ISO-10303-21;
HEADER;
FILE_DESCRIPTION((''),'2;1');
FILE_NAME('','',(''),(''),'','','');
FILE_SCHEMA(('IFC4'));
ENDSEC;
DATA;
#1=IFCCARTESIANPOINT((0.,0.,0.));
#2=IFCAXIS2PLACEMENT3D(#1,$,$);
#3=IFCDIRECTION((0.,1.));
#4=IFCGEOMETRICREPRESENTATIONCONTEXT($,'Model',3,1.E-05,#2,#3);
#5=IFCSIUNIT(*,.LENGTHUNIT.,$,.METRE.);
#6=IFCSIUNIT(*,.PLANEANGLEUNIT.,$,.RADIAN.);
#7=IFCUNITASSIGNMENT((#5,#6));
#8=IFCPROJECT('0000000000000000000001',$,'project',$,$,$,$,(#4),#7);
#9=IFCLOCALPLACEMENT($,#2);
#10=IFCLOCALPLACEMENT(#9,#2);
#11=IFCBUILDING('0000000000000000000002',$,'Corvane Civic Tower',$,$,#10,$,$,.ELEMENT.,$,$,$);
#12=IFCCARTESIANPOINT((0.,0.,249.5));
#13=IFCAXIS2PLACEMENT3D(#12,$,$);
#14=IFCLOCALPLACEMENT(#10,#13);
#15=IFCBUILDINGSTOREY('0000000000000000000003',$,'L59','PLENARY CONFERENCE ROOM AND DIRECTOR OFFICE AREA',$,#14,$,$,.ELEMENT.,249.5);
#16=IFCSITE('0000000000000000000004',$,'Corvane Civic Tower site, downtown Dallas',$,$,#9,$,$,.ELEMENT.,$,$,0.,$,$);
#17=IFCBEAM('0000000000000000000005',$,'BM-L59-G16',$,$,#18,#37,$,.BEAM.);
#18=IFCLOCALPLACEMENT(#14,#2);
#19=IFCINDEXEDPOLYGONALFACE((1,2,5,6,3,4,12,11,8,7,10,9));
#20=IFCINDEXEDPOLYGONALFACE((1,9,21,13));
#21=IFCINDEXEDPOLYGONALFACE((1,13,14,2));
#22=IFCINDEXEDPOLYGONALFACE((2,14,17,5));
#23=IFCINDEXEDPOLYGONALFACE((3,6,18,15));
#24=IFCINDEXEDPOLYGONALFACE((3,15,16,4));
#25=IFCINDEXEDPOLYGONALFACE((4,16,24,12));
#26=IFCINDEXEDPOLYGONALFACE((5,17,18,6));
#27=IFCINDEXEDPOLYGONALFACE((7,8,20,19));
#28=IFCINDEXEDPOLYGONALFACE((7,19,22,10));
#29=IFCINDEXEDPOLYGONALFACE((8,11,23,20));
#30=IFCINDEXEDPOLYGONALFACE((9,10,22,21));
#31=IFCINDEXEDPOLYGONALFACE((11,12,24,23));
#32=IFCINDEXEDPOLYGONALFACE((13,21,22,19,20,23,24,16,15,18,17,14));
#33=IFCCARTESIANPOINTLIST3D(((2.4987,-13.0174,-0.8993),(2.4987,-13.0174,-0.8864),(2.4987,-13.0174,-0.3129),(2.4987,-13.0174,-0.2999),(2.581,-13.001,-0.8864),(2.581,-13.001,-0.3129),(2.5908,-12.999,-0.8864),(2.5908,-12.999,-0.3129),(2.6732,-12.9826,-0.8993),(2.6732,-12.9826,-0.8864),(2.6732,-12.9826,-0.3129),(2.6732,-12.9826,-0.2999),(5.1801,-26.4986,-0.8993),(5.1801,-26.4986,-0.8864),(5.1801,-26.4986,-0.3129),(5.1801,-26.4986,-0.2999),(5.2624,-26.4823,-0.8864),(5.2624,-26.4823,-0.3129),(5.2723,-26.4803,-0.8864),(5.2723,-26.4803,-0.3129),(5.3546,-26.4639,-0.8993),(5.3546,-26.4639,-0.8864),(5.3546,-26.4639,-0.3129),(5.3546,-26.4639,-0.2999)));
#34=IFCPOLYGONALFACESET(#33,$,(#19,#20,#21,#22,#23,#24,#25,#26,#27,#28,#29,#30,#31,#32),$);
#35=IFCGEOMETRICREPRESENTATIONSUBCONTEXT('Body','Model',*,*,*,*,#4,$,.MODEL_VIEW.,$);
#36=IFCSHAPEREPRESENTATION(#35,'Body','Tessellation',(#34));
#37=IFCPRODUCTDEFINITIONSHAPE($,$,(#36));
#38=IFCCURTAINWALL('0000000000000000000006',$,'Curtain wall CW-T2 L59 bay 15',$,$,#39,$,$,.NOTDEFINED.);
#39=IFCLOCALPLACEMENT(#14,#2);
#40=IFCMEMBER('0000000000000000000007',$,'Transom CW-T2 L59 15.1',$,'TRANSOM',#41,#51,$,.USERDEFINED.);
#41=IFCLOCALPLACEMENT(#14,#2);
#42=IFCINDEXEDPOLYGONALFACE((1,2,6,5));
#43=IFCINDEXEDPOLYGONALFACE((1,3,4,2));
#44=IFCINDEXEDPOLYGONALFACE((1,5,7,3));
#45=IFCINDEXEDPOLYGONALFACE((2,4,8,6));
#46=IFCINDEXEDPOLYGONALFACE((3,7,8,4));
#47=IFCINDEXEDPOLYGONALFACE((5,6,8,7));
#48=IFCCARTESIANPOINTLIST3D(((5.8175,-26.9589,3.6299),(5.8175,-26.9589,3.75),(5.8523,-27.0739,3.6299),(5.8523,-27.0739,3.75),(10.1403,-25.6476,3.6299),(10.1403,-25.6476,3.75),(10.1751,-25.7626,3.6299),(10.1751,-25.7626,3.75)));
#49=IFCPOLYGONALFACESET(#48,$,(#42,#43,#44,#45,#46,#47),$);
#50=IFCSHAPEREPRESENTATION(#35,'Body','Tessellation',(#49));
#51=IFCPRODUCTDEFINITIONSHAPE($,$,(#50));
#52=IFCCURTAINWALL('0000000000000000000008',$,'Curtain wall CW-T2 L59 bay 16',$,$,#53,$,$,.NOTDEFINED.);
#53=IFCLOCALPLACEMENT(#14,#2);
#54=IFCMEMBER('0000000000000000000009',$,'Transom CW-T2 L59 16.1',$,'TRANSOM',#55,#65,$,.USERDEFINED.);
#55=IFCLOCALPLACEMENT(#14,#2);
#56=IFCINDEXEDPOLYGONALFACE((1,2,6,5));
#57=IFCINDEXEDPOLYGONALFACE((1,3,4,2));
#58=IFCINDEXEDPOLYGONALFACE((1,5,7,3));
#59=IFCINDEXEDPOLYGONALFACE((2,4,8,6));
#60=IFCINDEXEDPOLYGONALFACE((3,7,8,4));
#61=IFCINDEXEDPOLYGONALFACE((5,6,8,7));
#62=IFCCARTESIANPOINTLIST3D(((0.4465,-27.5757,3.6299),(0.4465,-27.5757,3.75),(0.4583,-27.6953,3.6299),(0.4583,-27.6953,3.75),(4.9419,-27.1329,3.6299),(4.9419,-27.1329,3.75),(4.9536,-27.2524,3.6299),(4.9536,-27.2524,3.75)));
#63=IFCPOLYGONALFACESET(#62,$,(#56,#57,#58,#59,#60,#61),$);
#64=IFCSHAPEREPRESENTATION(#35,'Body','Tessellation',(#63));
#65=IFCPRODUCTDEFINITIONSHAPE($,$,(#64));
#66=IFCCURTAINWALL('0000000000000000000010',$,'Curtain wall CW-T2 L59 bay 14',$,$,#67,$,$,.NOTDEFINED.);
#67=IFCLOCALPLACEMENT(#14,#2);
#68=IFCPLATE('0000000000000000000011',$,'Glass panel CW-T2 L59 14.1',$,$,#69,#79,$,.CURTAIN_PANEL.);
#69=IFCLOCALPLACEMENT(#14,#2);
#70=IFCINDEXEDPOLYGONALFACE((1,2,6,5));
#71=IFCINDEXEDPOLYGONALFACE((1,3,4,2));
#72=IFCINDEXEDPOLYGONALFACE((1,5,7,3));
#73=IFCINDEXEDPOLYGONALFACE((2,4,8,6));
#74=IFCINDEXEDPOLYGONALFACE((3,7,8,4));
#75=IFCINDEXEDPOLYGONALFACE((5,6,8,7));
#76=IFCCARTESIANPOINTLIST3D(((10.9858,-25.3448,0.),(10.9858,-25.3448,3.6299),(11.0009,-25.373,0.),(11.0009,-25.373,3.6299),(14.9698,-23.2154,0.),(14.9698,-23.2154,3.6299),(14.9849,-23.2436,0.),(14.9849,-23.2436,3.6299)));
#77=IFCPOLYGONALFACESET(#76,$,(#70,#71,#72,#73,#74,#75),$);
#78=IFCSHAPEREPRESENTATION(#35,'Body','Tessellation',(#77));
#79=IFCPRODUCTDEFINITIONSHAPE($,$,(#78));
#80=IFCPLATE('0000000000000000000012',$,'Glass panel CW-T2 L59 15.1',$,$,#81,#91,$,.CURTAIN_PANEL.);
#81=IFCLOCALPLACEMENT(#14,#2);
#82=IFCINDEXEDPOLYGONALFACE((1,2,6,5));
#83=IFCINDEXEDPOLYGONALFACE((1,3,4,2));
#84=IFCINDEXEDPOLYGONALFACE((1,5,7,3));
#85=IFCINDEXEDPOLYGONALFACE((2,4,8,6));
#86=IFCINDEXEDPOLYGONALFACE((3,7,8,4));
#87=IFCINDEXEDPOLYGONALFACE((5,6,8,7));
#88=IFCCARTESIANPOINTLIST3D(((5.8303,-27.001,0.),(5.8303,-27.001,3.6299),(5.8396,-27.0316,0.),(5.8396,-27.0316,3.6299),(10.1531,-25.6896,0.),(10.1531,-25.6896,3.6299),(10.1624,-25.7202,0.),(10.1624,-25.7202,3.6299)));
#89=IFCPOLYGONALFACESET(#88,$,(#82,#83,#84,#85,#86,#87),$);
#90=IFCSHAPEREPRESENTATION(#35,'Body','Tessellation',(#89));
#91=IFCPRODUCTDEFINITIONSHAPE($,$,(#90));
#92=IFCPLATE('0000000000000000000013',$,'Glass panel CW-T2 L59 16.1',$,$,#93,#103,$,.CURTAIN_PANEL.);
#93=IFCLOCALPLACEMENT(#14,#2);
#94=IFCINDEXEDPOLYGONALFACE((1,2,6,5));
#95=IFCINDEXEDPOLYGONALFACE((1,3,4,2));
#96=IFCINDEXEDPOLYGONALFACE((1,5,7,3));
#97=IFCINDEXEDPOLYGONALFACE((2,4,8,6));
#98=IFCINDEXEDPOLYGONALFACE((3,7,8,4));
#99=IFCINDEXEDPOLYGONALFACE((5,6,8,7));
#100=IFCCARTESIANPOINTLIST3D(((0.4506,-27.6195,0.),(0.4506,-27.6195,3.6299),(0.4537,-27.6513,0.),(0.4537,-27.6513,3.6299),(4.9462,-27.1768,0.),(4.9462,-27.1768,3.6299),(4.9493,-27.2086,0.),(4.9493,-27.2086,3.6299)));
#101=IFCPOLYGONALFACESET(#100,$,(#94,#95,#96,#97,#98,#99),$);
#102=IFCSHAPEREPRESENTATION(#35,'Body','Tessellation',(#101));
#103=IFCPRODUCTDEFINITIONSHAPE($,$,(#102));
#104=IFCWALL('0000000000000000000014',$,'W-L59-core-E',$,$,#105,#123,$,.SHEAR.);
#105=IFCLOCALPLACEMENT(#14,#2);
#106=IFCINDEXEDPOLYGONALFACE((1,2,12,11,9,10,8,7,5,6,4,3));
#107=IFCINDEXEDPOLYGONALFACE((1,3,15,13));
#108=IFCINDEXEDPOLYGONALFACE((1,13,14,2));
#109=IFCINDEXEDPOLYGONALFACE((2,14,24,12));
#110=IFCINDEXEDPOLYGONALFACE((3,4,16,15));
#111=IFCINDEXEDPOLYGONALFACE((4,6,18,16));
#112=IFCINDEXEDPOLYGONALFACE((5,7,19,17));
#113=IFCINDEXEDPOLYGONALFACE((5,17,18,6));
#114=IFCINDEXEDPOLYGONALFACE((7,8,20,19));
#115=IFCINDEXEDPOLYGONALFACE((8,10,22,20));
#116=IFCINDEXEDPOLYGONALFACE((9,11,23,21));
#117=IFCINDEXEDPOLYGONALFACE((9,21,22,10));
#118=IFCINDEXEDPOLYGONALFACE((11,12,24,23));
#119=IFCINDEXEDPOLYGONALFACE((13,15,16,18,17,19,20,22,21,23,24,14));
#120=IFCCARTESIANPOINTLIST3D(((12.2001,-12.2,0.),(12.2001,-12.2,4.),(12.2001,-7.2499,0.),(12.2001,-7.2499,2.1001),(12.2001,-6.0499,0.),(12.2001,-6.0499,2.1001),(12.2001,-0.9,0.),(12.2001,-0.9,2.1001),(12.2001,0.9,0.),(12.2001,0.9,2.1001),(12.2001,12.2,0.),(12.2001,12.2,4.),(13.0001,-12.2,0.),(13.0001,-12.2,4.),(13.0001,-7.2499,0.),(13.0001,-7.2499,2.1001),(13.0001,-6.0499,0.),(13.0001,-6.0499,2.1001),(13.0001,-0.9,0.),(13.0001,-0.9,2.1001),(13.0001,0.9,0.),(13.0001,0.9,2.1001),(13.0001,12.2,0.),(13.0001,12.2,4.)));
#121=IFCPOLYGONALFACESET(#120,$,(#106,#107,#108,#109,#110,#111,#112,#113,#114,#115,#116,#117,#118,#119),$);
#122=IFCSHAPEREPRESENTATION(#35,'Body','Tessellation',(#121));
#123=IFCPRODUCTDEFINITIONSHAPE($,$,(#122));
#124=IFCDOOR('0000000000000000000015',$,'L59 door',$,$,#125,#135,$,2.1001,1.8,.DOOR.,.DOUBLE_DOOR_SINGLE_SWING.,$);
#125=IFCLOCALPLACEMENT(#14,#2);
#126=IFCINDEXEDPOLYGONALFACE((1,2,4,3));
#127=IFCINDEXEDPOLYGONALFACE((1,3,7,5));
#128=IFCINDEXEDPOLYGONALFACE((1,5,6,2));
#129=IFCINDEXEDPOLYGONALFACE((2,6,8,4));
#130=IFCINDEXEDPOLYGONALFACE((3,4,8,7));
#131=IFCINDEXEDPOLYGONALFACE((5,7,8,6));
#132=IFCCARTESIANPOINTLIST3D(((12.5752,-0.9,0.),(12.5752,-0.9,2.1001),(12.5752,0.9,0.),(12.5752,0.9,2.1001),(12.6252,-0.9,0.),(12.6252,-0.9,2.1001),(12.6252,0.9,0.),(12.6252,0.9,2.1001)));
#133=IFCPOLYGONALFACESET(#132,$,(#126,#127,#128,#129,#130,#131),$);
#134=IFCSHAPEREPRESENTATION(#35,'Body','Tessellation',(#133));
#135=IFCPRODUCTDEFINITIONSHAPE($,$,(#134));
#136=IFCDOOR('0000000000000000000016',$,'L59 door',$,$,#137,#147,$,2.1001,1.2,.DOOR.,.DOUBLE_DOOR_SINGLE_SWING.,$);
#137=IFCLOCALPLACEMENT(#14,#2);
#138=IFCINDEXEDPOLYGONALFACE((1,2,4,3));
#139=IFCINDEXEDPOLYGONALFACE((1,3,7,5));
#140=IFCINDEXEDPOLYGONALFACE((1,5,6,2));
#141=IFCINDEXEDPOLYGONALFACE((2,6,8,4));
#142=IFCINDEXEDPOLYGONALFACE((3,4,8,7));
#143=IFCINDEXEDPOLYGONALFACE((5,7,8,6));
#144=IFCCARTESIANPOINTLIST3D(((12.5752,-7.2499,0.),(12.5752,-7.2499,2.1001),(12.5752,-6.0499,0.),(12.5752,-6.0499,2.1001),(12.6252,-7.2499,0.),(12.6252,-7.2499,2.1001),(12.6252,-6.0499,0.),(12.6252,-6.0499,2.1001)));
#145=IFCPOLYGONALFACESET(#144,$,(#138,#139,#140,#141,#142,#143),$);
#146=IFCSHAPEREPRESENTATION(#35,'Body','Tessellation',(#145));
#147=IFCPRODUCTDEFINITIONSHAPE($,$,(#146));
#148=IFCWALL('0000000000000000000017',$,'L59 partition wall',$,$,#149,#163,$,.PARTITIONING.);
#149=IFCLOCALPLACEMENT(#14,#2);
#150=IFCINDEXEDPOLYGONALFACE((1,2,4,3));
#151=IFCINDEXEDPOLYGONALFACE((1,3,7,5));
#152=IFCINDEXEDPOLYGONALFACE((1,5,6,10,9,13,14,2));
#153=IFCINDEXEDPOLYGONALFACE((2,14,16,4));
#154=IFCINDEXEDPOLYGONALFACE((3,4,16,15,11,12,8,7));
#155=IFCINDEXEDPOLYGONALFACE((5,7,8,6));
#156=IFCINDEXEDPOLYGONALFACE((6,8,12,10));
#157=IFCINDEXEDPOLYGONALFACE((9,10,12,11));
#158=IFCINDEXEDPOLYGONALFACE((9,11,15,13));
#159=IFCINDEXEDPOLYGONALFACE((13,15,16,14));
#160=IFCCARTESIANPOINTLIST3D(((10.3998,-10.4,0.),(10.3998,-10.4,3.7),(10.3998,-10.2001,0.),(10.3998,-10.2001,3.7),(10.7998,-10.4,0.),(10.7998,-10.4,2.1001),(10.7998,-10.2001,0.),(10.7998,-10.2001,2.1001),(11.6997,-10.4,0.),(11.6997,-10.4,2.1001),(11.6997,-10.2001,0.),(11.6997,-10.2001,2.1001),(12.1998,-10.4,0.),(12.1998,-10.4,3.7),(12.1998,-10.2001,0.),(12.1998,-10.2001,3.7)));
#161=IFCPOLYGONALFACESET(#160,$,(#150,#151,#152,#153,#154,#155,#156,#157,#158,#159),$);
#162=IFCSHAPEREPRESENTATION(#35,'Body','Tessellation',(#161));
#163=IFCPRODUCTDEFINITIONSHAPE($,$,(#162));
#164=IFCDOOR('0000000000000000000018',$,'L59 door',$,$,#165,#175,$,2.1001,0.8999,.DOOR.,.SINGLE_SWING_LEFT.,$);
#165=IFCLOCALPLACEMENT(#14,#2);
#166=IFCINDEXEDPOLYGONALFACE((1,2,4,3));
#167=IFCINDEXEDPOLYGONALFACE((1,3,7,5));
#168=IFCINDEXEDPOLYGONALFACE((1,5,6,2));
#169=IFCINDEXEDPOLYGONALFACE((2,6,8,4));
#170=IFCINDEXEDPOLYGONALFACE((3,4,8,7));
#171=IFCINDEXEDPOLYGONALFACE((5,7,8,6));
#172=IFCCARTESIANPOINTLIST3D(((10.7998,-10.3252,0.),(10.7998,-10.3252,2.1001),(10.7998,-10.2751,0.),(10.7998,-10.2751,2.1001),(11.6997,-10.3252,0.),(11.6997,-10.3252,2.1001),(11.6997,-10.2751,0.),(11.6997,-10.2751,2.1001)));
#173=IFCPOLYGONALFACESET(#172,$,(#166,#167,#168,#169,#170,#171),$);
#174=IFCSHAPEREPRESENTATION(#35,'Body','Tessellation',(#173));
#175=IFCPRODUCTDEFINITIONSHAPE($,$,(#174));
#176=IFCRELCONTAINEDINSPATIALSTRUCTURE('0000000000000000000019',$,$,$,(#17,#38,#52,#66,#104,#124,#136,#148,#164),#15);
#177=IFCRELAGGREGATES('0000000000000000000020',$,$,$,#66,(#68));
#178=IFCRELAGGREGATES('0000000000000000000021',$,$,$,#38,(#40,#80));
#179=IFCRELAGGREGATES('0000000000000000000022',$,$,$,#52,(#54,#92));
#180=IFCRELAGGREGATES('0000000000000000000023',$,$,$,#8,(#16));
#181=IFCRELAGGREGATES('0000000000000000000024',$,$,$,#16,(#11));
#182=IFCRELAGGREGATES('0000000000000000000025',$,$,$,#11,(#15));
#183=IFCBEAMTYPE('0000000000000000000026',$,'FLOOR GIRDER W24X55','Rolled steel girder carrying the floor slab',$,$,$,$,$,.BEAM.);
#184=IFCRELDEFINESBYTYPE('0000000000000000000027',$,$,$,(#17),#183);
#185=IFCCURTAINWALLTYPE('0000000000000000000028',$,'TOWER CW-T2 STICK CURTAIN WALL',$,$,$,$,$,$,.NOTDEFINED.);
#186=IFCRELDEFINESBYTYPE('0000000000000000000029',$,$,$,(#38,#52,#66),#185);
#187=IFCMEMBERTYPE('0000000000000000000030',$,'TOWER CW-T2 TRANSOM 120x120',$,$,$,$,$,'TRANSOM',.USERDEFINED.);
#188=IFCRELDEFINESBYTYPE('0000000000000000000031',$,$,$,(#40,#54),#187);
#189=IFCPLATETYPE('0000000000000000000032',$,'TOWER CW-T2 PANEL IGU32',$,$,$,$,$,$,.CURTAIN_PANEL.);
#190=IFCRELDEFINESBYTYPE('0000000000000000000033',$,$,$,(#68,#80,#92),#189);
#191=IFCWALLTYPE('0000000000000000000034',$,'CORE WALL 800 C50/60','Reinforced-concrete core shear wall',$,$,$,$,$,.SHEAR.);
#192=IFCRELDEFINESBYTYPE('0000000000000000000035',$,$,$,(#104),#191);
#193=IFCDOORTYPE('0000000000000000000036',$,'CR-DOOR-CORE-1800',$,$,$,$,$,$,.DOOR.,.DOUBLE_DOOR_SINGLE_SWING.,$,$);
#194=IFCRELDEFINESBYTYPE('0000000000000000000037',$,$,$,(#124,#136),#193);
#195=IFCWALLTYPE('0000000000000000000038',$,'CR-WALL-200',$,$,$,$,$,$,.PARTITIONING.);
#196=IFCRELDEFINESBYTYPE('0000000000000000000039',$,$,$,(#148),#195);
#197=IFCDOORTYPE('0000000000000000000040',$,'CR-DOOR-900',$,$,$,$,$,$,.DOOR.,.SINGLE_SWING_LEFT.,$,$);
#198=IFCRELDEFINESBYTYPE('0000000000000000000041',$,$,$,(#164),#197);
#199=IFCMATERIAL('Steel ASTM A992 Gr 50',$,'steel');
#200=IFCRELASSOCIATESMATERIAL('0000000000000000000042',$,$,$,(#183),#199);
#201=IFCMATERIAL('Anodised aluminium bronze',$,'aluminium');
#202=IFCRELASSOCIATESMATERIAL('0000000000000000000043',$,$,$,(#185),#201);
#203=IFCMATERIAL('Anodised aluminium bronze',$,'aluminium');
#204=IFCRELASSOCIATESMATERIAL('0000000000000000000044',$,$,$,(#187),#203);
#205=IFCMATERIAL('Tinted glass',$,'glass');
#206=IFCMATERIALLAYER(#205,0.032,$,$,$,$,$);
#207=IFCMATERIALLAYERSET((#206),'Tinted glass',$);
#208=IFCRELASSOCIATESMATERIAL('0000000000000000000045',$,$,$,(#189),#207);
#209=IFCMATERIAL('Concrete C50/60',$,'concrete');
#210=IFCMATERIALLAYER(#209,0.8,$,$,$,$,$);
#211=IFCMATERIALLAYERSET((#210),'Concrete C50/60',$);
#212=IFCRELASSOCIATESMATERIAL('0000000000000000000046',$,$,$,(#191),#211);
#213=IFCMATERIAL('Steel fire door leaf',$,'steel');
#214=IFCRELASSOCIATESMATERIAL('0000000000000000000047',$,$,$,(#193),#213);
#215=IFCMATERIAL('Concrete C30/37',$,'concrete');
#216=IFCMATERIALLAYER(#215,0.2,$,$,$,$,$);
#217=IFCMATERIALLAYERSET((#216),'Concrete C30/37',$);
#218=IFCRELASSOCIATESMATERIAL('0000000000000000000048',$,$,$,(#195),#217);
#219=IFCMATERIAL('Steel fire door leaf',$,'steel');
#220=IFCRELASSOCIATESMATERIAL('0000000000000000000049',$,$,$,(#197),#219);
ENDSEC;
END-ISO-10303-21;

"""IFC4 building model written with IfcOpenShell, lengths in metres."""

from ifc_helpers import new_model, si_unit, direction, frame, frame_2d, origin, origin_2d, place, context, subcontext, project, spatial, rectangle, i_section, extrude, material, layer, layer_set, material_profile, profile_set, type_object, element, fill, aggregate, save


model = new_model("IFC4")

# Units and contexts
model_context = context("Model", 3, precision=1e-05, world=origin(), true_north=direction((0.0, 1.0)))
body_context = subcontext(model_context, "Body", "Model", "MODEL_VIEW")
ifc_project = project(units=[si_unit("LENGTHUNIT", "METRE"), si_unit("PLANEANGLEUNIT", "RADIAN")], contexts=[model_context])

# Site, building, storey
site_placement = place(None, origin())
site = spatial("IfcSite", under=ifc_project, at=site_placement, Name="Corvane Civic Tower site, downtown Dallas", CompositionType="ELEMENT", RefElevation=0.0)
building_placement = place(site_placement, origin())
building = spatial("IfcBuilding", under=site, at=building_placement, Name="Corvane Civic Tower", CompositionType="ELEMENT")
storey_placement = place(building_placement, frame((0.0, 0.0, 249.5)))
storey = spatial("IfcBuildingStorey", under=building, at=storey_placement, Name="L59", Description="PLENARY CONFERENCE ROOM AND DIRECTOR OFFICE AREA", CompositionType="ELEMENT", Elevation=249.5)

# Beam
ifc_material_1 = material(Name="Steel ASTM A992 Gr 50", Category="steel")
ifc_material_profile_1 = material_profile(ifc_material_1, i_section(OverallWidth=0.178, OverallDepth=0.5994, WebThickness=0.01, FlangeThickness=0.0129, at=origin_2d()), Name="W24X55")
ifc_profile_set_1 = profile_set([ifc_material_profile_1], Name="Steel ASTM A992 Gr 50")
beam_type_1 = type_object("IfcBeamType", Name="FLOOR GIRDER W24X55", Description="Rolled steel girder carrying the floor slab", PredefinedType="BEAM", material=ifc_profile_set_1)
beam_1_placement = place(storey_placement, frame((2.5859, -13.0, -0.5996), z_axis=(0.195078, -0.980788, 0.0), x_axis=(0.980788, 0.195078, 0.0)))
element("IfcBeam", 1, at=beam_1_placement, inside=storey, type_object=beam_type_1, Name="BM-L59-G16", PredefinedType="BEAM", context=body_context, shape_type="SweptSolid", body=[
    extrude(i_section(OverallWidth=0.178, OverallDepth=0.5994, WebThickness=0.01, FlangeThickness=0.0129, at=origin_2d()), origin(), (0.0, 0.0, 1.0), 13.7454),
])

# Curtain walls, members
ifc_material_2 = material(Name="Anodised aluminium bronze", Category="aluminium")
curtain_wall_type = type_object("IfcCurtainWallType", Name="TOWER CW-T2 STICK CURTAIN WALL", PredefinedType="NOTDEFINED", material=ifc_material_2)
curtain_wall_1_placement = place(storey_placement, origin())
curtain_wall_1 = element("IfcCurtainWall", 2, at=curtain_wall_1_placement, inside=storey, type_object=curtain_wall_type, Name="Curtain wall CW-T2 L59 bay 15", PredefinedType="NOTDEFINED")
ifc_material_3 = material(Name="Anodised aluminium bronze", Category="aluminium")
ifc_material_profile_2 = material_profile(ifc_material_3, rectangle(XDim=0.1201, YDim=0.1201, at=origin_2d()), Name="TOWER CW-T2 TRANSOM 120x120")
ifc_profile_set_2 = profile_set([ifc_material_profile_2], Name="Anodised aluminium bronze")
member_type = type_object("IfcMemberType", Name="TOWER CW-T2 TRANSOM 120x120", ElementType="TRANSOM", PredefinedType="USERDEFINED", material=ifc_profile_set_2)
member_1_placement = place(storey_placement, frame((10.1577, -25.7051, 3.6899), z_axis=(-0.956941, -0.290282, 0.0), x_axis=(0.290282, -0.956941, 0.0)))
member_1 = element("IfcMember", 3, at=member_1_placement, type_object=member_type, Name="Transom CW-T2 L59 15.1", ObjectType="TRANSOM", PredefinedType="USERDEFINED", context=body_context, shape_type="SweptSolid", body=[
    extrude(rectangle(XDim=0.1201, YDim=0.1201, at=origin_2d()), origin(), (0.0, 0.0, 1.0), 4.5173),
])
curtain_wall_2_placement = place(storey_placement, origin())
curtain_wall_2 = element("IfcCurtainWall", 4, at=curtain_wall_2_placement, inside=storey, type_object=curtain_wall_type, Name="Curtain wall CW-T2 L59 bay 16", PredefinedType="NOTDEFINED")
member_2_placement = place(storey_placement, frame((4.9478, -27.1926, 3.6899), z_axis=(-0.995182, -0.098043, 0.0), x_axis=(0.098043, -0.995182, 0.0)))
member_2 = element("IfcMember", 5, at=member_2_placement, type_object=member_type, Name="Transom CW-T2 L59 16.1", ObjectType="TRANSOM", PredefinedType="USERDEFINED", context=body_context, shape_type="SweptSolid", body=[
    extrude(rectangle(XDim=0.1201, YDim=0.1201, at=origin_2d()), origin(), (0.0, 0.0, 1.0), 4.5171),
])

# Curtain wall, plate
curtain_wall_3_placement = place(storey_placement, origin())
curtain_wall_3 = element("IfcCurtainWall", 6, at=curtain_wall_3_placement, inside=storey, type_object=curtain_wall_type, Name="Curtain wall CW-T2 L59 bay 14", PredefinedType="NOTDEFINED")
ifc_material_4 = material(Name="Tinted glass", Category="glass")
ifc_layer_1 = layer(ifc_material_4, 0.032)
ifc_layer_set_1 = layer_set([ifc_layer_1], Name="Tinted glass")
plate_type = type_object("IfcPlateType", Name="TOWER CW-T2 PANEL IGU32", PredefinedType="CURTAIN_PANEL", material=ifc_layer_set_1)
plate_1_placement = place(storey_placement, frame((12.9854, -24.2942, 0.0), z_axis=(0.0, 0.0, 1.0), x_axis=(-0.88192, -0.471398, 0.0)))
plate_1 = element("IfcPlate", 7, at=plate_1_placement, type_object=plate_type, Name="Glass panel CW-T2 L59 14.1", PredefinedType="CURTAIN_PANEL", context=body_context, shape_type="SweptSolid", body=[
    extrude(rectangle(XDim=4.5173, YDim=0.032, at=origin_2d()), origin(), (0.0, 0.0, 1.0), 3.6299),
])
aggregate(curtain_wall_3, [plate_1])

# Plates
plate_2_placement = place(storey_placement, frame((7.9963, -26.3606, 0.0), z_axis=(0.0, 0.0, 1.0), x_axis=(-0.956939, -0.29029, 0.0)))
plate_2 = element("IfcPlate", 8, at=plate_2_placement, type_object=plate_type, Name="Glass panel CW-T2 L59 15.1", PredefinedType="CURTAIN_PANEL", context=body_context, shape_type="SweptSolid", body=[
    extrude(rectangle(XDim=4.5173, YDim=0.032, at=origin_2d()), origin(), (0.0, 0.0, 1.0), 3.6299),
])
aggregate(curtain_wall_1, [member_1, plate_2])
plate_3_placement = place(storey_placement, frame((2.7, -27.4141, 0.0), z_axis=(0.0, 0.0, 1.0), x_axis=(-0.995187, -0.097993, 0.0)))
plate_3 = element("IfcPlate", 9, at=plate_3_placement, type_object=plate_type, Name="Glass panel CW-T2 L59 16.1", PredefinedType="CURTAIN_PANEL", context=body_context, shape_type="SweptSolid", body=[
    extrude(rectangle(XDim=4.5173, YDim=0.032, at=origin_2d()), origin(), (0.0, 0.0, 1.0), 3.6299),
])
aggregate(curtain_wall_2, [member_2, plate_3])

# Wall, openings, doors
ifc_material_5 = material(Name="Concrete C50/60", Category="concrete")
ifc_layer_2 = layer(ifc_material_5, 0.8)
ifc_layer_set_2 = layer_set([ifc_layer_2], Name="Concrete C50/60")
wall_type_1 = type_object("IfcWallType", Name="CORE WALL 800 C50/60", Description="Reinforced-concrete core shear wall", PredefinedType="SHEAR", material=ifc_layer_set_2)
wall_1_placement = place(storey_placement, frame((12.6001, -12.2, 0.0), z_axis=(0.0, 0.0, 1.0), x_axis=(0.0, 1.0, 0.0)))
wall_1 = element("IfcWall", 10, at=wall_1_placement, inside=storey, type_object=wall_type_1, Name="W-L59-core-E", PredefinedType="SHEAR", context=body_context, shape_type="SweptSolid", body=[
    extrude(rectangle(XDim=24.3999, YDim=0.8, at=frame_2d((12.2, 0.0))), origin(), (0.0, 0.0, 1.0), 4.0),
])
opening_1_placement = place(wall_1_placement, frame((11.3, 0.0, 0.0)))
opening_1 = element("IfcOpeningElement", 11, at=opening_1_placement, cuts=wall_1, PredefinedType="OPENING", context=body_context, shape_type="SweptSolid", body=[
    extrude(rectangle(XDim=1.8, YDim=2.1001, at=frame_2d((0.8999, 1.05))), frame((0.0, 0.4099, 0.0), z_axis=(0.0, -1.0, 0.0), x_axis=(1.0, 0.0, 0.0)), (0.0, 0.0, 1.0), 0.8201),
])
opening_2_placement = place(wall_1_placement, frame((4.95, 0.0, 0.0)))
opening_2 = element("IfcOpeningElement", 12, at=opening_2_placement, cuts=wall_1, PredefinedType="OPENING", context=body_context, shape_type="SweptSolid", body=[
    extrude(rectangle(XDim=1.2, YDim=2.1001, at=frame_2d((0.6001, 1.05))), frame((0.0, 0.4099, 0.0), z_axis=(0.0, -1.0, 0.0), x_axis=(1.0, 0.0, 0.0)), (0.0, 0.0, 1.0), 0.8201),
])
ifc_material_6 = material(Name="Steel fire door leaf", Category="steel")
door_type_1 = type_object("IfcDoorType", Name="CR-DOOR-CORE-1800", OperationType="DOUBLE_DOOR_SINGLE_SWING", PredefinedType="DOOR", material=ifc_material_6)
door_1_placement = place(opening_1_placement, origin())
door_1 = element("IfcDoor", 13, at=door_1_placement, inside=storey, type_object=door_type_1, Name="L59 door", OperationType="DOUBLE_DOOR_SINGLE_SWING", OverallHeight=2.1001, OverallWidth=1.8, PredefinedType="DOOR", context=body_context, shape_type="SweptSolid", body=[
    extrude(rectangle(XDim=1.8, YDim=2.1001, at=frame_2d((0.8999, 1.05))), frame((0.0, 0.0249, 0.0), z_axis=(0.0, -1.0, 0.0), x_axis=(1.0, 0.0, 0.0)), (0.0, 0.0, 1.0), 0.05),
])
fill(opening_1, door_1)
door_2_placement = place(opening_2_placement, origin())
door_2 = element("IfcDoor", 14, at=door_2_placement, inside=storey, type_object=door_type_1, Name="L59 door", OperationType="DOUBLE_DOOR_SINGLE_SWING", OverallHeight=2.1001, OverallWidth=1.2, PredefinedType="DOOR", context=body_context, shape_type="SweptSolid", body=[
    extrude(rectangle(XDim=1.2, YDim=2.1001, at=frame_2d((0.6001, 1.05))), frame((0.0, 0.0249, 0.0), z_axis=(0.0, -1.0, 0.0), x_axis=(1.0, 0.0, 0.0)), (0.0, 0.0, 1.0), 0.05),
])
fill(opening_2, door_2)

# Wall, opening, door
ifc_material_7 = material(Name="Concrete C30/37", Category="concrete")
ifc_layer_3 = layer(ifc_material_7, 0.2)
ifc_layer_set_3 = layer_set([ifc_layer_3], Name="Concrete C30/37")
wall_type_2 = type_object("IfcWallType", Name="CR-WALL-200", PredefinedType="PARTITIONING", material=ifc_layer_set_3)
wall_2_placement = place(storey_placement, frame((10.3999, -10.3, 0.0), z_axis=(0.0, 0.0, 1.0), x_axis=(1.0, 0.0, 0.0)))
wall_2 = element("IfcWall", 15, at=wall_2_placement, inside=storey, type_object=wall_type_2, Name="L59 partition wall", PredefinedType="PARTITIONING", context=body_context, shape_type="SweptSolid", body=[
    extrude(rectangle(XDim=1.8, YDim=0.2, at=frame_2d((0.8999, 0.0))), origin(), (0.0, 0.0, 1.0), 3.7),
])
opening_3_placement = place(wall_2_placement, frame((0.3999, 0.0, 0.0)))
opening_3 = element("IfcOpeningElement", 16, at=opening_3_placement, cuts=wall_2, PredefinedType="OPENING", context=body_context, shape_type="SweptSolid", body=[
    extrude(rectangle(XDim=0.8999, YDim=2.1001, at=frame_2d((0.45, 1.05))), frame((0.0, 0.1099, 0.0), z_axis=(0.0, -1.0, 0.0), x_axis=(1.0, 0.0, 0.0)), (0.0, 0.0, 1.0), 0.22),
])
ifc_material_8 = material(Name="Steel fire door leaf", Category="steel")
door_type_2 = type_object("IfcDoorType", Name="CR-DOOR-900", OperationType="SINGLE_SWING_LEFT", PredefinedType="DOOR", material=ifc_material_8)
door_3_placement = place(opening_3_placement, origin())
door_3 = element("IfcDoor", 17, at=door_3_placement, inside=storey, type_object=door_type_2, Name="L59 door", OperationType="SINGLE_SWING_LEFT", OverallHeight=2.1001, OverallWidth=0.8999, PredefinedType="DOOR", context=body_context, shape_type="SweptSolid", body=[
    extrude(rectangle(XDim=0.8999, YDim=2.1001, at=frame_2d((0.45, 1.05))), frame((0.0, 0.0249, 0.0), z_axis=(0.0, -1.0, 0.0), x_axis=(1.0, 0.0, 0.0)), (0.0, 0.0, 1.0), 0.05),
])
fill(opening_3, door_3)

save(model, "model.ifc")
